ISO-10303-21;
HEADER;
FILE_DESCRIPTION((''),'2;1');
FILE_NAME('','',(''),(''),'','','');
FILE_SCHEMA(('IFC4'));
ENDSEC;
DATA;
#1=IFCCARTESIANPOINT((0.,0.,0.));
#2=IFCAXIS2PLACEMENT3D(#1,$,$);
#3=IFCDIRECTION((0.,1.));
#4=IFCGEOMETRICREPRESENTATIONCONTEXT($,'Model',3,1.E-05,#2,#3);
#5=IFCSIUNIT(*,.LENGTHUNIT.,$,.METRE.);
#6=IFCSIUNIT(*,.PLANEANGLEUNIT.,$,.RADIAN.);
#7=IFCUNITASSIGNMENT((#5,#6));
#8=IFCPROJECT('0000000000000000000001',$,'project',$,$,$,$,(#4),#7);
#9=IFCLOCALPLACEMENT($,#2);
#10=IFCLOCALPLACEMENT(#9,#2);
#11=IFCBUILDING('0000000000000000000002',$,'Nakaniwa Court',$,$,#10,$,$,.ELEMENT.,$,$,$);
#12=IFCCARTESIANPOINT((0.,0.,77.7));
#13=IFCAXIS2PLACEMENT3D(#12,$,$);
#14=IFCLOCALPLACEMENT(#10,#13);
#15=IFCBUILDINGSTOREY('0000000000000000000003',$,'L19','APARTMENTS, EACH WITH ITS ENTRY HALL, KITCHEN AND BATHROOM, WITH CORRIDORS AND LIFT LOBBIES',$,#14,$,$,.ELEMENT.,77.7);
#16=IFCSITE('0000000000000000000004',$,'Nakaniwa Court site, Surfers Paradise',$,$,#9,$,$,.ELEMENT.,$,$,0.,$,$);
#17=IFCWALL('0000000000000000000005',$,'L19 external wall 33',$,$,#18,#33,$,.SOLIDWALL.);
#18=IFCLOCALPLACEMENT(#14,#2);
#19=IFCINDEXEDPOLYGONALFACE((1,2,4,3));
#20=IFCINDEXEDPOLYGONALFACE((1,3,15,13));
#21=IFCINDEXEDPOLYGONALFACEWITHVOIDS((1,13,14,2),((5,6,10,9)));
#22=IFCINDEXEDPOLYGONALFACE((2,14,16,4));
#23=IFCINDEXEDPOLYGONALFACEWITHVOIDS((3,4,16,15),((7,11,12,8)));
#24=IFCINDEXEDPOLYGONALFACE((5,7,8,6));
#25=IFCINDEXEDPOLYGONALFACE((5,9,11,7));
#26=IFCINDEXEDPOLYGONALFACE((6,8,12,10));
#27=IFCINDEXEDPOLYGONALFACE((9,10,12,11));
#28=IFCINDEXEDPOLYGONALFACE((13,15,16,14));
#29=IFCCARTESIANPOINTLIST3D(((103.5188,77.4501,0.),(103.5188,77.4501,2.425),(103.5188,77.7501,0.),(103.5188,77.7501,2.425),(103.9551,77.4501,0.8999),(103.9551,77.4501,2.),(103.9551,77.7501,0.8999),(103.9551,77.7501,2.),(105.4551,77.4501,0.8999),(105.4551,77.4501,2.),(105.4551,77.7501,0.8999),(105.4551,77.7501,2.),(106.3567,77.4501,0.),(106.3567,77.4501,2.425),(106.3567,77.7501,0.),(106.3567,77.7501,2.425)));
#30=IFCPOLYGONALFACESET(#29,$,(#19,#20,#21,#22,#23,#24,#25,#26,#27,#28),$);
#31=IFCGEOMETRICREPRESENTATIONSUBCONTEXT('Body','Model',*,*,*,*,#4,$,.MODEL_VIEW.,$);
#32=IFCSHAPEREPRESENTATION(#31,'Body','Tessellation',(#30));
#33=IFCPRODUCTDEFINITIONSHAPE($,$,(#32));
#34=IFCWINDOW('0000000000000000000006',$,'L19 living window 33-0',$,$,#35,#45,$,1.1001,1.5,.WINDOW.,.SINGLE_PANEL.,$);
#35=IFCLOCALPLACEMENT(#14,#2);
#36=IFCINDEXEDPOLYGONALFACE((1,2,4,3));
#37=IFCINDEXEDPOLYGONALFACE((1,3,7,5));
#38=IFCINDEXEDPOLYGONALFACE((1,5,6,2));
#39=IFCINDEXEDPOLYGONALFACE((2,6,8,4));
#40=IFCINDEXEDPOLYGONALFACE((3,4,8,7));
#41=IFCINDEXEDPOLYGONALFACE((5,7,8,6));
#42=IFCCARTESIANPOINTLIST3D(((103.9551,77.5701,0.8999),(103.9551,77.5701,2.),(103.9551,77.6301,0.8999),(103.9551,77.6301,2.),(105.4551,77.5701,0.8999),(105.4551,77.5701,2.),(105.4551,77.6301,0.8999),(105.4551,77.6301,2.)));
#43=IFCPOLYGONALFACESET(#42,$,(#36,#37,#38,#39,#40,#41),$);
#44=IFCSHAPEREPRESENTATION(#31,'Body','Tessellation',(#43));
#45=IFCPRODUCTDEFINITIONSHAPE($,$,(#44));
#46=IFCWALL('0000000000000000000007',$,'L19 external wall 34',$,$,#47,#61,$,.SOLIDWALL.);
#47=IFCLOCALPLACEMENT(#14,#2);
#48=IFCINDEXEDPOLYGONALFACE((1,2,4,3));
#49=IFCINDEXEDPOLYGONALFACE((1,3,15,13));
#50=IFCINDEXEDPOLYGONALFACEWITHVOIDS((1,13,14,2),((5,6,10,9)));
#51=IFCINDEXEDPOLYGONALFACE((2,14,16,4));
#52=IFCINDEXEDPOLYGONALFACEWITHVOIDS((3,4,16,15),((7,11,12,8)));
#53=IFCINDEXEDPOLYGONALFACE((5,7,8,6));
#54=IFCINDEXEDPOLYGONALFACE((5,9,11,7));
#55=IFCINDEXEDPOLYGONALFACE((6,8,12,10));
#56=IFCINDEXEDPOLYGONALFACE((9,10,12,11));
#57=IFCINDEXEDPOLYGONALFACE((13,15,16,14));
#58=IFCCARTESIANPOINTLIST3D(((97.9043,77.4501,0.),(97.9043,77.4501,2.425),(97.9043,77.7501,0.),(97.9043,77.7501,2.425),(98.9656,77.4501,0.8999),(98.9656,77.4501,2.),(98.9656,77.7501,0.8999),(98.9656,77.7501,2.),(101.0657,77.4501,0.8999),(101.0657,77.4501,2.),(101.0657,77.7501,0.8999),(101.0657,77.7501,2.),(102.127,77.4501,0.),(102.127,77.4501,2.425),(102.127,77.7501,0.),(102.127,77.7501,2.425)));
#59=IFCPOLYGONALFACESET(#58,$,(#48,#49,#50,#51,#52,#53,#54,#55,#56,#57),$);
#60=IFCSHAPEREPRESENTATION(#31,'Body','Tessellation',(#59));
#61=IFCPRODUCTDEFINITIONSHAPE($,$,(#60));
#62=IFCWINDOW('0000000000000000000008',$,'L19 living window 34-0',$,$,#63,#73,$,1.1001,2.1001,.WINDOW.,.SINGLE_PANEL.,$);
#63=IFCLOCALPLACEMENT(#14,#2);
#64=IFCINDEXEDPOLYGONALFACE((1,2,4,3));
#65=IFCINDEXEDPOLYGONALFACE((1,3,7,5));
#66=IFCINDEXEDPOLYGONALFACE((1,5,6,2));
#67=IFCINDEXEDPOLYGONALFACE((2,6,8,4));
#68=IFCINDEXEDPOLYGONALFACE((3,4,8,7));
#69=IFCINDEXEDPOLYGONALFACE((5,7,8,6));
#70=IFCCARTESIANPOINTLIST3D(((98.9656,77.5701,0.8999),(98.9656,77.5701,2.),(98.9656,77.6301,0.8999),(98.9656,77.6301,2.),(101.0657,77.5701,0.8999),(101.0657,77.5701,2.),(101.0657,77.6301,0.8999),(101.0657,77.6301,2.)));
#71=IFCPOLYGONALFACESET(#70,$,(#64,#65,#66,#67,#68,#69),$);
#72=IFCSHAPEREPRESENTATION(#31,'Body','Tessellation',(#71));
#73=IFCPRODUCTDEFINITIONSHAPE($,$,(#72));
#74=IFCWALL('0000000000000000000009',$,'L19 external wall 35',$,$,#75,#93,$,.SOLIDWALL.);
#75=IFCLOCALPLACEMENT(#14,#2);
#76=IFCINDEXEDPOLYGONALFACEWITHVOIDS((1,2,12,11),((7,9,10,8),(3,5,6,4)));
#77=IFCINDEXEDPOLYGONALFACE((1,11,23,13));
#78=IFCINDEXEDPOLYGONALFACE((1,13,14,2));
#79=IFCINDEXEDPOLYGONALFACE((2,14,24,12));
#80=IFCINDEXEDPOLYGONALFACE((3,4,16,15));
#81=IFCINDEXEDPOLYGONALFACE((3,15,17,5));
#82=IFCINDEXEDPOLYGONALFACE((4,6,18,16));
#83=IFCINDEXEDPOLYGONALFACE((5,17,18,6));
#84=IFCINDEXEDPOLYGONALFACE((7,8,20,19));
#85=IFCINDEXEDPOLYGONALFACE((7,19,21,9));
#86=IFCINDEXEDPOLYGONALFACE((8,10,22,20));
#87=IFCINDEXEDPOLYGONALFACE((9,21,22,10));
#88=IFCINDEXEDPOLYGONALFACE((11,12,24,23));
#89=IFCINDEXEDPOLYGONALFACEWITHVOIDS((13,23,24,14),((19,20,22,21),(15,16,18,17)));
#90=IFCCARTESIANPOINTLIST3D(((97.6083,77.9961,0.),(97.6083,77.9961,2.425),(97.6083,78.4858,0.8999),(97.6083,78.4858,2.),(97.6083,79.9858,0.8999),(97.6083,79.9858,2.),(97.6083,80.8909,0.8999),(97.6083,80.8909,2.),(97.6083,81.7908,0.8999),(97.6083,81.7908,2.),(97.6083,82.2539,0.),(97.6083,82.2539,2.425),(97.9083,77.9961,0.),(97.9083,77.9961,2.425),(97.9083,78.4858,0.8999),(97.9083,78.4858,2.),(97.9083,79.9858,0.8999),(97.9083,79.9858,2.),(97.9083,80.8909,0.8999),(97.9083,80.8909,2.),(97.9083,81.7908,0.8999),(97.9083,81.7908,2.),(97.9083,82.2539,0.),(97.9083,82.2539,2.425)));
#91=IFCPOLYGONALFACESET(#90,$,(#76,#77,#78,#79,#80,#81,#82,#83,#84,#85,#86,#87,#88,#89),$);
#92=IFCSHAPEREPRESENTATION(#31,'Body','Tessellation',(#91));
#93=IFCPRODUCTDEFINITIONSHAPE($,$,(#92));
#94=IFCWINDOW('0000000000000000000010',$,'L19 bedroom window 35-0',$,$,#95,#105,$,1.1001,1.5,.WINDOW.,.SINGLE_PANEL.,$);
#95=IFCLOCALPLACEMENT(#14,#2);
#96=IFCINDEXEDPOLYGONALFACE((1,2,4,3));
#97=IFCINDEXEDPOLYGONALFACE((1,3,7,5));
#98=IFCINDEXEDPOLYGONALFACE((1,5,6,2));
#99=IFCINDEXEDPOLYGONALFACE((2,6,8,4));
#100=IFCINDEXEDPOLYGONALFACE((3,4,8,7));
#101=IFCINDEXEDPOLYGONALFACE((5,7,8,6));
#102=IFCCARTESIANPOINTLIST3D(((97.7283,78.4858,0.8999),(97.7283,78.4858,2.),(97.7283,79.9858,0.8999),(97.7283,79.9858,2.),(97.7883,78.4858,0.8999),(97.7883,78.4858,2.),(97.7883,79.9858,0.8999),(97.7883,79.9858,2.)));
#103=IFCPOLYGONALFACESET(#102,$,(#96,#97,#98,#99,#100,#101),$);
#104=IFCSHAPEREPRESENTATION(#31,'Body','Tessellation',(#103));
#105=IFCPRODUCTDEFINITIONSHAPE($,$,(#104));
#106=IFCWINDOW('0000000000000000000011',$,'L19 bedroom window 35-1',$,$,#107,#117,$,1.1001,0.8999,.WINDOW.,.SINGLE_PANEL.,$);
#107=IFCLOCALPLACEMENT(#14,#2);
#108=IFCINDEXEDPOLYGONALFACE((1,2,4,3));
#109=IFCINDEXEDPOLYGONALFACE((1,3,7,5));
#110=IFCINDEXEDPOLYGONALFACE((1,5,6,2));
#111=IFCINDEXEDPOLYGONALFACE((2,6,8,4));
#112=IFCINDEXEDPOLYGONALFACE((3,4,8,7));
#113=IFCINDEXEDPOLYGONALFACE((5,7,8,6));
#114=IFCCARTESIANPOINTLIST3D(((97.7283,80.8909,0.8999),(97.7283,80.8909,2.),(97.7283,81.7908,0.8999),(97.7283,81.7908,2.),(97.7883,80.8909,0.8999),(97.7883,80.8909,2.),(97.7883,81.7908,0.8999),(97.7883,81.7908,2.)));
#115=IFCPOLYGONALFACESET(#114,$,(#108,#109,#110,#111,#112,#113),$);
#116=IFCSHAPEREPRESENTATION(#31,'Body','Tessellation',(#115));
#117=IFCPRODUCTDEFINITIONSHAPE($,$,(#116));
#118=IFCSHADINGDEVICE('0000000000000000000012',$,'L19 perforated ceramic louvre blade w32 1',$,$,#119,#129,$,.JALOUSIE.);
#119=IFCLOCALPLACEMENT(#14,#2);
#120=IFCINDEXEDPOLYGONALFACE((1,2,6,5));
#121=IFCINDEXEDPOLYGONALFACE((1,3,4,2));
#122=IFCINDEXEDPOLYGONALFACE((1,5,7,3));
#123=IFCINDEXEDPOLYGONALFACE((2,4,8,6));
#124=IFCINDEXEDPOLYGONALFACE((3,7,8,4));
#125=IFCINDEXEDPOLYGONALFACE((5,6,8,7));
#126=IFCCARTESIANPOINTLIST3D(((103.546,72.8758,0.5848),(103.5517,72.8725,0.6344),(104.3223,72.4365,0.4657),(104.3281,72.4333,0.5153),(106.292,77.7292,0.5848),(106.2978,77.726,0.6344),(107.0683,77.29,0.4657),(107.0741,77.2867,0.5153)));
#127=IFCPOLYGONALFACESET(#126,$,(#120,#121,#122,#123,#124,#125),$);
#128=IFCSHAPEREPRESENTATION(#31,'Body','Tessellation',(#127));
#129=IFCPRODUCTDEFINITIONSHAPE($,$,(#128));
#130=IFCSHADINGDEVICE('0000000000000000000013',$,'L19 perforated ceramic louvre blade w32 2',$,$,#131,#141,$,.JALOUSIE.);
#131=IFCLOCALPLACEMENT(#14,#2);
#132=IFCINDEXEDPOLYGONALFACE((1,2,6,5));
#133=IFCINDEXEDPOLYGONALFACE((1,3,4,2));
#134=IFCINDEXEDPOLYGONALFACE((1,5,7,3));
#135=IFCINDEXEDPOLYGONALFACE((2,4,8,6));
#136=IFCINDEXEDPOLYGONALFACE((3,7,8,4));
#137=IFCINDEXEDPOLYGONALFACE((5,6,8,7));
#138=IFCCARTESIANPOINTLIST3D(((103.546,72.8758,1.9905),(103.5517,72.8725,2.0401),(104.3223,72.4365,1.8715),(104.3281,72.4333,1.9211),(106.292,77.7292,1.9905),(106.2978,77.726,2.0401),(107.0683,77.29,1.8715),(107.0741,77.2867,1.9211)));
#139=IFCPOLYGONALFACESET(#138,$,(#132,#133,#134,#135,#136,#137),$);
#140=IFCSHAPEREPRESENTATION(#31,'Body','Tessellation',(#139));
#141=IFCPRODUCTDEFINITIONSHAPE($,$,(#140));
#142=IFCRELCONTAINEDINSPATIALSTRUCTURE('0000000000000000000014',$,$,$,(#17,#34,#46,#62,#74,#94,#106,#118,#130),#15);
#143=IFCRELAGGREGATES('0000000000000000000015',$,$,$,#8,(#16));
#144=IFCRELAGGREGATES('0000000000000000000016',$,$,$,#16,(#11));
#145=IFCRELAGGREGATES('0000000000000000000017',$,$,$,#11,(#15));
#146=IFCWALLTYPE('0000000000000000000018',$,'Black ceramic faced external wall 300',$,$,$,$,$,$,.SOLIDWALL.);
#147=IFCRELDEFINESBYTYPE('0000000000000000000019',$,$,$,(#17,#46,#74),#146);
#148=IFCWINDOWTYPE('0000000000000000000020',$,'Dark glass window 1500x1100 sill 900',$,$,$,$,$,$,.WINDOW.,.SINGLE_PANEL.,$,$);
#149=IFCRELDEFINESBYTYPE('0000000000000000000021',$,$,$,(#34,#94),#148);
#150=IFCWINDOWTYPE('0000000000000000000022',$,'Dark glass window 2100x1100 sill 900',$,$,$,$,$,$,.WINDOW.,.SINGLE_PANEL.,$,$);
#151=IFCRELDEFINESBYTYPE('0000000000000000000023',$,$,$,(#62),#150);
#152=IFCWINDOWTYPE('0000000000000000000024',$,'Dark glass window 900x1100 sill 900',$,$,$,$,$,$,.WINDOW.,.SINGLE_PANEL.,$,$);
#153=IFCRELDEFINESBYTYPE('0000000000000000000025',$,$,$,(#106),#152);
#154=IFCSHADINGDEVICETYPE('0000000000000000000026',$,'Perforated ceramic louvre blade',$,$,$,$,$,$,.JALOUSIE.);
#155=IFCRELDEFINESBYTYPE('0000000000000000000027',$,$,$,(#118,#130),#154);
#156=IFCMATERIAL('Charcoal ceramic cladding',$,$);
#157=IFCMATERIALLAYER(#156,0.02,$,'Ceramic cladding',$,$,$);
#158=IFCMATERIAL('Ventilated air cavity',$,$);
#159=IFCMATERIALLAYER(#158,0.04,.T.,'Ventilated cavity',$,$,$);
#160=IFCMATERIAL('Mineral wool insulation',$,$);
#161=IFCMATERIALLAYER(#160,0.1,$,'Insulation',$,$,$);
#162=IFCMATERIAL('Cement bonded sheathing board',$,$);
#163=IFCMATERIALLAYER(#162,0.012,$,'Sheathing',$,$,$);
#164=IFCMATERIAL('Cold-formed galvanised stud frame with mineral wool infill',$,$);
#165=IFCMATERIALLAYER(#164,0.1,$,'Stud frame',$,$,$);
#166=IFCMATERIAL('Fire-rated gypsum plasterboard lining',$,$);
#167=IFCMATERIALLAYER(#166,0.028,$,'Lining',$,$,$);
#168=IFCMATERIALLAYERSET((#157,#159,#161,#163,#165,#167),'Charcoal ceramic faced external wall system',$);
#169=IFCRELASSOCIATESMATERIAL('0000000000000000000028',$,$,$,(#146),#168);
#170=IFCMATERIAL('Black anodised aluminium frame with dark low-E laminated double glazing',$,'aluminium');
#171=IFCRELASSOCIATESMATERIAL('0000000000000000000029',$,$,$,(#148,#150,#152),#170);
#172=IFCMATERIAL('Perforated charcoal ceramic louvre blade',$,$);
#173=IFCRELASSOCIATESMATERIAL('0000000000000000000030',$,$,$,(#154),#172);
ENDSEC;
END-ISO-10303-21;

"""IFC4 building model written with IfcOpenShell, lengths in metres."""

from ifc_helpers import new_model, si_unit, direction, frame, frame_2d, origin, origin_2d, place, context, subcontext, project, spatial, rectangle, extrude, material, layer, layer_set, material_profile, profile_set, type_object, element, fill, save


model = new_model("IFC4")

# Units and contexts
model_context = context("Model", 3, precision=1e-05, world=origin(), true_north=direction((0.0, 1.0)))
body_context = subcontext(model_context, "Body", "Model", "MODEL_VIEW")
ifc_project = project(units=[si_unit("LENGTHUNIT", "METRE"), si_unit("PLANEANGLEUNIT", "RADIAN")], contexts=[model_context])

# Site, building, storey
site_placement = place(None, origin())
site = spatial("IfcSite", under=ifc_project, at=site_placement, Name="Nakaniwa Court site, Surfers Paradise", CompositionType="ELEMENT", RefElevation=0.0)
building_placement = place(site_placement, origin())
building = spatial("IfcBuilding", under=site, at=building_placement, Name="Nakaniwa Court", CompositionType="ELEMENT")
storey_placement = place(building_placement, frame((0.0, 0.0, 77.7)))
storey = spatial("IfcBuildingStorey", under=building, at=storey_placement, Name="L19", Description="APARTMENTS, EACH WITH ITS ENTRY HALL, KITCHEN AND BATHROOM, WITH CORRIDORS AND LIFT LOBBIES", CompositionType="ELEMENT", Elevation=77.7)

# Shared definitions
ifc_material_1 = material(Name="Charcoal ceramic cladding")
ifc_layer_1 = layer(ifc_material_1, 0.02, Name="Ceramic cladding")
ifc_material_2 = material(Name="Ventilated air cavity")
ifc_layer_2 = layer(ifc_material_2, 0.04, ventilated=True, Name="Ventilated cavity")
ifc_material_3 = material(Name="Mineral wool insulation")
ifc_layer_3 = layer(ifc_material_3, 0.1, Name="Insulation")
ifc_material_4 = material(Name="Cement bonded sheathing board")
ifc_layer_4 = layer(ifc_material_4, 0.012, Name="Sheathing")
ifc_material_5 = material(Name="Cold-formed galvanised stud frame with mineral wool infill")
ifc_layer_5 = layer(ifc_material_5, 0.1, Name="Stud frame")
ifc_material_6 = material(Name="Fire-rated gypsum plasterboard lining")
ifc_layer_6 = layer(ifc_material_6, 0.028, Name="Lining")
ifc_layer_set = layer_set([ifc_layer_1, ifc_layer_2, ifc_layer_3, ifc_layer_4, ifc_layer_5, ifc_layer_6], Name="Charcoal ceramic faced external wall system")
wall_type = type_object("IfcWallType", Name="Black ceramic faced external wall 300", PredefinedType="SOLIDWALL", material=ifc_layer_set)
ifc_material_7 = material(Name="Black anodised aluminium frame with dark low-E laminated double glazing", Category="aluminium")
window_type_1 = type_object("IfcWindowType", Name="Dark glass window 1500x1100 sill 900", PartitioningType="SINGLE_PANEL", PredefinedType="WINDOW", material=ifc_material_7)

# Walls, openings, windows
window_type_2 = type_object("IfcWindowType", Name="Dark glass window 2100x1100 sill 900", PartitioningType="SINGLE_PANEL", PredefinedType="WINDOW", material=ifc_material_7)
wall_1_placement = place(storey_placement, frame((106.3567, 77.6001, 0.0), z_axis=(0.0, 0.0, 1.0), x_axis=(-1.0, 0.0, 0.0)))
wall_1 = element("IfcWall", 1, at=wall_1_placement, inside=storey, type_object=wall_type, Name="L19 external wall 33", PredefinedType="SOLIDWALL", context=body_context, shape_type="SweptSolid", body=[
    extrude(rectangle(XDim=2.8379, YDim=0.3, at=frame_2d((1.4189, 0.0))), origin(), (0.0, 0.0, 1.0), 2.425),
])
opening_1_placement = place(wall_1_placement, frame((0.9016, 0.0, 0.8999)))
opening_1 = element("IfcOpeningElement", 2, at=opening_1_placement, cuts=wall_1, PredefinedType="OPENING", context=body_context, shape_type="SweptSolid", body=[
    extrude(rectangle(XDim=1.5, YDim=1.1001, at=frame_2d((0.75, 0.55))), frame((0.0, 0.1599, 0.0), z_axis=(0.0, -1.0, 0.0), x_axis=(1.0, 0.0, 0.0)), (0.0, 0.0, 1.0), 0.3201),
])
window_1_placement = place(opening_1_placement, origin())
window_1 = element("IfcWindow", 3, at=window_1_placement, inside=storey, type_object=window_type_1, Name="L19 living window 33-0", OverallHeight=1.1001, OverallWidth=1.5, PartitioningType="SINGLE_PANEL", PredefinedType="WINDOW", context=body_context, shape_type="SweptSolid", body=[
    extrude(rectangle(XDim=1.5, YDim=1.1001, at=frame_2d((0.75, 0.55))), frame((0.0, 0.03, 0.0), z_axis=(0.0, -1.0, 0.0), x_axis=(1.0, 0.0, 0.0)), (0.0, 0.0, 1.0), 0.0601),
])
fill(opening_1, window_1)
wall_2_placement = place(storey_placement, frame((102.127, 77.6001, 0.0), z_axis=(0.0, 0.0, 1.0), x_axis=(-1.0, 0.0, 0.0)))
wall_2 = element("IfcWall", 4, at=wall_2_placement, inside=storey, type_object=wall_type, Name="L19 external wall 34", PredefinedType="SOLIDWALL", context=body_context, shape_type="SweptSolid", body=[
    extrude(rectangle(XDim=4.2227, YDim=0.3, at=frame_2d((2.1113, 0.0))), origin(), (0.0, 0.0, 1.0), 2.425),
])
opening_2_placement = place(wall_2_placement, frame((1.0613, 0.0, 0.8999)))
opening_2 = element("IfcOpeningElement", 5, at=opening_2_placement, cuts=wall_2, PredefinedType="OPENING", context=body_context, shape_type="SweptSolid", body=[
    extrude(rectangle(XDim=2.1001, YDim=1.1001, at=frame_2d((1.05, 0.55))), frame((0.0, 0.1599, 0.0), z_axis=(0.0, -1.0, 0.0), x_axis=(1.0, 0.0, 0.0)), (0.0, 0.0, 1.0), 0.3201),
])
window_2_placement = place(opening_2_placement, origin())
window_2 = element("IfcWindow", 6, at=window_2_placement, inside=storey, type_object=window_type_2, Name="L19 living window 34-0", OverallHeight=1.1001, OverallWidth=2.1001, PartitioningType="SINGLE_PANEL", PredefinedType="WINDOW", context=body_context, shape_type="SweptSolid", body=[
    extrude(rectangle(XDim=2.1001, YDim=1.1001, at=frame_2d((1.05, 0.55))), frame((0.0, 0.03, 0.0), z_axis=(0.0, -1.0, 0.0), x_axis=(1.0, 0.0, 0.0)), (0.0, 0.0, 1.0), 0.0601),
])
fill(opening_2, window_2)

# Wall, openings, windows
wall_3_placement = place(storey_placement, frame((97.7583, 77.9961, 0.0), z_axis=(0.0, 0.0, 1.0), x_axis=(0.0, 1.0, 0.0)))
wall_3 = element("IfcWall", 7, at=wall_3_placement, inside=storey, type_object=wall_type, Name="L19 external wall 35", PredefinedType="SOLIDWALL", context=body_context, shape_type="SweptSolid", body=[
    extrude(rectangle(XDim=4.2578, YDim=0.3, at=frame_2d((2.1289, 0.0))), origin(), (0.0, 0.0, 1.0), 2.425),
])
opening_3_placement = place(wall_3_placement, frame((0.4897, 0.0, 0.8999)))
opening_3 = element("IfcOpeningElement", 8, at=opening_3_placement, cuts=wall_3, PredefinedType="OPENING", context=body_context, shape_type="SweptSolid", body=[
    extrude(rectangle(XDim=1.5, YDim=1.1001, at=frame_2d((0.75, 0.55))), frame((0.0, 0.1599, 0.0), z_axis=(0.0, -1.0, 0.0), x_axis=(1.0, 0.0, 0.0)), (0.0, 0.0, 1.0), 0.3201),
])
opening_4_placement = place(wall_3_placement, frame((2.8948, 0.0, 0.8999)))
opening_4 = element("IfcOpeningElement", 9, at=opening_4_placement, cuts=wall_3, PredefinedType="OPENING", context=body_context, shape_type="SweptSolid", body=[
    extrude(rectangle(XDim=0.8999, YDim=1.1001, at=frame_2d((0.45, 0.55))), frame((0.0, 0.1599, 0.0), z_axis=(0.0, -1.0, 0.0), x_axis=(1.0, 0.0, 0.0)), (0.0, 0.0, 1.0), 0.3201),
])
window_3_placement = place(opening_3_placement, origin())
window_3 = element("IfcWindow", 10, at=window_3_placement, inside=storey, type_object=window_type_1, Name="L19 bedroom window 35-0", OverallHeight=1.1001, OverallWidth=1.5, PartitioningType="SINGLE_PANEL", PredefinedType="WINDOW", context=body_context, shape_type="SweptSolid", body=[
    extrude(rectangle(XDim=1.5, YDim=1.1001, at=frame_2d((0.75, 0.55))), frame((0.0, 0.03, 0.0), z_axis=(0.0, -1.0, 0.0), x_axis=(1.0, 0.0, 0.0)), (0.0, 0.0, 1.0), 0.0601),
])
fill(opening_3, window_3)
window_type_3 = type_object("IfcWindowType", Name="Dark glass window 900x1100 sill 900", PartitioningType="SINGLE_PANEL", PredefinedType="WINDOW", material=ifc_material_7)
window_4_placement = place(opening_4_placement, origin())
window_4 = element("IfcWindow", 11, at=window_4_placement, inside=storey, type_object=window_type_3, Name="L19 bedroom window 35-1", OverallHeight=1.1001, OverallWidth=0.8999, PartitioningType="SINGLE_PANEL", PredefinedType="WINDOW", context=body_context, shape_type="SweptSolid", body=[
    extrude(rectangle(XDim=0.8999, YDim=1.1001, at=frame_2d((0.45, 0.55))), frame((0.0, 0.03, 0.0), z_axis=(0.0, -1.0, 0.0), x_axis=(1.0, 0.0, 0.0)), (0.0, 0.0, 1.0), 0.0601),
])
fill(opening_4, window_4)

# Shading devices
ifc_material_8 = material(Name="Perforated charcoal ceramic louvre blade")
ifc_material_profile_1 = material_profile(ifc_material_8, rectangle(XDim=0.8999, YDim=0.05, at=origin_2d()), Name="Perforated ceramic louvre blade")
ifc_profile_set_1 = profile_set([ifc_material_profile_1], Name="Perforated charcoal ceramic louvre blade")
shading_device_type = type_object("IfcShadingDeviceType", Name="Perforated ceramic louvre blade", PredefinedType="JALOUSIE", material=ifc_profile_set_1)
for number, where, z_axis, x_axis, name in (
    (12, (103.937, 72.6545, 0.55), (0.492438, 0.870347, 0.0), (-0.862702, 0.488112, 0.132256), "L19 perforated ceramic louvre blade w32 1"),
    (13, (103.937, 72.6545, 1.9558), (0.492438, 0.870347, 0.0), (-0.862702, 0.488112, 0.132256), "L19 perforated ceramic louvre blade w32 2"),
):
    element("IfcShadingDevice", number, at=place(storey_placement, frame(where, z_axis=z_axis, x_axis=x_axis)), inside=storey, type_object=shading_device_type, Name=name, PredefinedType="JALOUSIE", context=body_context, shape_type="SweptSolid", body=[
        extrude(rectangle(XDim=0.8999, YDim=0.05, at=origin_2d()), origin(), (0.0, 0.0, 1.0), 5.5764),
    ])

save(model, "model.ifc")
